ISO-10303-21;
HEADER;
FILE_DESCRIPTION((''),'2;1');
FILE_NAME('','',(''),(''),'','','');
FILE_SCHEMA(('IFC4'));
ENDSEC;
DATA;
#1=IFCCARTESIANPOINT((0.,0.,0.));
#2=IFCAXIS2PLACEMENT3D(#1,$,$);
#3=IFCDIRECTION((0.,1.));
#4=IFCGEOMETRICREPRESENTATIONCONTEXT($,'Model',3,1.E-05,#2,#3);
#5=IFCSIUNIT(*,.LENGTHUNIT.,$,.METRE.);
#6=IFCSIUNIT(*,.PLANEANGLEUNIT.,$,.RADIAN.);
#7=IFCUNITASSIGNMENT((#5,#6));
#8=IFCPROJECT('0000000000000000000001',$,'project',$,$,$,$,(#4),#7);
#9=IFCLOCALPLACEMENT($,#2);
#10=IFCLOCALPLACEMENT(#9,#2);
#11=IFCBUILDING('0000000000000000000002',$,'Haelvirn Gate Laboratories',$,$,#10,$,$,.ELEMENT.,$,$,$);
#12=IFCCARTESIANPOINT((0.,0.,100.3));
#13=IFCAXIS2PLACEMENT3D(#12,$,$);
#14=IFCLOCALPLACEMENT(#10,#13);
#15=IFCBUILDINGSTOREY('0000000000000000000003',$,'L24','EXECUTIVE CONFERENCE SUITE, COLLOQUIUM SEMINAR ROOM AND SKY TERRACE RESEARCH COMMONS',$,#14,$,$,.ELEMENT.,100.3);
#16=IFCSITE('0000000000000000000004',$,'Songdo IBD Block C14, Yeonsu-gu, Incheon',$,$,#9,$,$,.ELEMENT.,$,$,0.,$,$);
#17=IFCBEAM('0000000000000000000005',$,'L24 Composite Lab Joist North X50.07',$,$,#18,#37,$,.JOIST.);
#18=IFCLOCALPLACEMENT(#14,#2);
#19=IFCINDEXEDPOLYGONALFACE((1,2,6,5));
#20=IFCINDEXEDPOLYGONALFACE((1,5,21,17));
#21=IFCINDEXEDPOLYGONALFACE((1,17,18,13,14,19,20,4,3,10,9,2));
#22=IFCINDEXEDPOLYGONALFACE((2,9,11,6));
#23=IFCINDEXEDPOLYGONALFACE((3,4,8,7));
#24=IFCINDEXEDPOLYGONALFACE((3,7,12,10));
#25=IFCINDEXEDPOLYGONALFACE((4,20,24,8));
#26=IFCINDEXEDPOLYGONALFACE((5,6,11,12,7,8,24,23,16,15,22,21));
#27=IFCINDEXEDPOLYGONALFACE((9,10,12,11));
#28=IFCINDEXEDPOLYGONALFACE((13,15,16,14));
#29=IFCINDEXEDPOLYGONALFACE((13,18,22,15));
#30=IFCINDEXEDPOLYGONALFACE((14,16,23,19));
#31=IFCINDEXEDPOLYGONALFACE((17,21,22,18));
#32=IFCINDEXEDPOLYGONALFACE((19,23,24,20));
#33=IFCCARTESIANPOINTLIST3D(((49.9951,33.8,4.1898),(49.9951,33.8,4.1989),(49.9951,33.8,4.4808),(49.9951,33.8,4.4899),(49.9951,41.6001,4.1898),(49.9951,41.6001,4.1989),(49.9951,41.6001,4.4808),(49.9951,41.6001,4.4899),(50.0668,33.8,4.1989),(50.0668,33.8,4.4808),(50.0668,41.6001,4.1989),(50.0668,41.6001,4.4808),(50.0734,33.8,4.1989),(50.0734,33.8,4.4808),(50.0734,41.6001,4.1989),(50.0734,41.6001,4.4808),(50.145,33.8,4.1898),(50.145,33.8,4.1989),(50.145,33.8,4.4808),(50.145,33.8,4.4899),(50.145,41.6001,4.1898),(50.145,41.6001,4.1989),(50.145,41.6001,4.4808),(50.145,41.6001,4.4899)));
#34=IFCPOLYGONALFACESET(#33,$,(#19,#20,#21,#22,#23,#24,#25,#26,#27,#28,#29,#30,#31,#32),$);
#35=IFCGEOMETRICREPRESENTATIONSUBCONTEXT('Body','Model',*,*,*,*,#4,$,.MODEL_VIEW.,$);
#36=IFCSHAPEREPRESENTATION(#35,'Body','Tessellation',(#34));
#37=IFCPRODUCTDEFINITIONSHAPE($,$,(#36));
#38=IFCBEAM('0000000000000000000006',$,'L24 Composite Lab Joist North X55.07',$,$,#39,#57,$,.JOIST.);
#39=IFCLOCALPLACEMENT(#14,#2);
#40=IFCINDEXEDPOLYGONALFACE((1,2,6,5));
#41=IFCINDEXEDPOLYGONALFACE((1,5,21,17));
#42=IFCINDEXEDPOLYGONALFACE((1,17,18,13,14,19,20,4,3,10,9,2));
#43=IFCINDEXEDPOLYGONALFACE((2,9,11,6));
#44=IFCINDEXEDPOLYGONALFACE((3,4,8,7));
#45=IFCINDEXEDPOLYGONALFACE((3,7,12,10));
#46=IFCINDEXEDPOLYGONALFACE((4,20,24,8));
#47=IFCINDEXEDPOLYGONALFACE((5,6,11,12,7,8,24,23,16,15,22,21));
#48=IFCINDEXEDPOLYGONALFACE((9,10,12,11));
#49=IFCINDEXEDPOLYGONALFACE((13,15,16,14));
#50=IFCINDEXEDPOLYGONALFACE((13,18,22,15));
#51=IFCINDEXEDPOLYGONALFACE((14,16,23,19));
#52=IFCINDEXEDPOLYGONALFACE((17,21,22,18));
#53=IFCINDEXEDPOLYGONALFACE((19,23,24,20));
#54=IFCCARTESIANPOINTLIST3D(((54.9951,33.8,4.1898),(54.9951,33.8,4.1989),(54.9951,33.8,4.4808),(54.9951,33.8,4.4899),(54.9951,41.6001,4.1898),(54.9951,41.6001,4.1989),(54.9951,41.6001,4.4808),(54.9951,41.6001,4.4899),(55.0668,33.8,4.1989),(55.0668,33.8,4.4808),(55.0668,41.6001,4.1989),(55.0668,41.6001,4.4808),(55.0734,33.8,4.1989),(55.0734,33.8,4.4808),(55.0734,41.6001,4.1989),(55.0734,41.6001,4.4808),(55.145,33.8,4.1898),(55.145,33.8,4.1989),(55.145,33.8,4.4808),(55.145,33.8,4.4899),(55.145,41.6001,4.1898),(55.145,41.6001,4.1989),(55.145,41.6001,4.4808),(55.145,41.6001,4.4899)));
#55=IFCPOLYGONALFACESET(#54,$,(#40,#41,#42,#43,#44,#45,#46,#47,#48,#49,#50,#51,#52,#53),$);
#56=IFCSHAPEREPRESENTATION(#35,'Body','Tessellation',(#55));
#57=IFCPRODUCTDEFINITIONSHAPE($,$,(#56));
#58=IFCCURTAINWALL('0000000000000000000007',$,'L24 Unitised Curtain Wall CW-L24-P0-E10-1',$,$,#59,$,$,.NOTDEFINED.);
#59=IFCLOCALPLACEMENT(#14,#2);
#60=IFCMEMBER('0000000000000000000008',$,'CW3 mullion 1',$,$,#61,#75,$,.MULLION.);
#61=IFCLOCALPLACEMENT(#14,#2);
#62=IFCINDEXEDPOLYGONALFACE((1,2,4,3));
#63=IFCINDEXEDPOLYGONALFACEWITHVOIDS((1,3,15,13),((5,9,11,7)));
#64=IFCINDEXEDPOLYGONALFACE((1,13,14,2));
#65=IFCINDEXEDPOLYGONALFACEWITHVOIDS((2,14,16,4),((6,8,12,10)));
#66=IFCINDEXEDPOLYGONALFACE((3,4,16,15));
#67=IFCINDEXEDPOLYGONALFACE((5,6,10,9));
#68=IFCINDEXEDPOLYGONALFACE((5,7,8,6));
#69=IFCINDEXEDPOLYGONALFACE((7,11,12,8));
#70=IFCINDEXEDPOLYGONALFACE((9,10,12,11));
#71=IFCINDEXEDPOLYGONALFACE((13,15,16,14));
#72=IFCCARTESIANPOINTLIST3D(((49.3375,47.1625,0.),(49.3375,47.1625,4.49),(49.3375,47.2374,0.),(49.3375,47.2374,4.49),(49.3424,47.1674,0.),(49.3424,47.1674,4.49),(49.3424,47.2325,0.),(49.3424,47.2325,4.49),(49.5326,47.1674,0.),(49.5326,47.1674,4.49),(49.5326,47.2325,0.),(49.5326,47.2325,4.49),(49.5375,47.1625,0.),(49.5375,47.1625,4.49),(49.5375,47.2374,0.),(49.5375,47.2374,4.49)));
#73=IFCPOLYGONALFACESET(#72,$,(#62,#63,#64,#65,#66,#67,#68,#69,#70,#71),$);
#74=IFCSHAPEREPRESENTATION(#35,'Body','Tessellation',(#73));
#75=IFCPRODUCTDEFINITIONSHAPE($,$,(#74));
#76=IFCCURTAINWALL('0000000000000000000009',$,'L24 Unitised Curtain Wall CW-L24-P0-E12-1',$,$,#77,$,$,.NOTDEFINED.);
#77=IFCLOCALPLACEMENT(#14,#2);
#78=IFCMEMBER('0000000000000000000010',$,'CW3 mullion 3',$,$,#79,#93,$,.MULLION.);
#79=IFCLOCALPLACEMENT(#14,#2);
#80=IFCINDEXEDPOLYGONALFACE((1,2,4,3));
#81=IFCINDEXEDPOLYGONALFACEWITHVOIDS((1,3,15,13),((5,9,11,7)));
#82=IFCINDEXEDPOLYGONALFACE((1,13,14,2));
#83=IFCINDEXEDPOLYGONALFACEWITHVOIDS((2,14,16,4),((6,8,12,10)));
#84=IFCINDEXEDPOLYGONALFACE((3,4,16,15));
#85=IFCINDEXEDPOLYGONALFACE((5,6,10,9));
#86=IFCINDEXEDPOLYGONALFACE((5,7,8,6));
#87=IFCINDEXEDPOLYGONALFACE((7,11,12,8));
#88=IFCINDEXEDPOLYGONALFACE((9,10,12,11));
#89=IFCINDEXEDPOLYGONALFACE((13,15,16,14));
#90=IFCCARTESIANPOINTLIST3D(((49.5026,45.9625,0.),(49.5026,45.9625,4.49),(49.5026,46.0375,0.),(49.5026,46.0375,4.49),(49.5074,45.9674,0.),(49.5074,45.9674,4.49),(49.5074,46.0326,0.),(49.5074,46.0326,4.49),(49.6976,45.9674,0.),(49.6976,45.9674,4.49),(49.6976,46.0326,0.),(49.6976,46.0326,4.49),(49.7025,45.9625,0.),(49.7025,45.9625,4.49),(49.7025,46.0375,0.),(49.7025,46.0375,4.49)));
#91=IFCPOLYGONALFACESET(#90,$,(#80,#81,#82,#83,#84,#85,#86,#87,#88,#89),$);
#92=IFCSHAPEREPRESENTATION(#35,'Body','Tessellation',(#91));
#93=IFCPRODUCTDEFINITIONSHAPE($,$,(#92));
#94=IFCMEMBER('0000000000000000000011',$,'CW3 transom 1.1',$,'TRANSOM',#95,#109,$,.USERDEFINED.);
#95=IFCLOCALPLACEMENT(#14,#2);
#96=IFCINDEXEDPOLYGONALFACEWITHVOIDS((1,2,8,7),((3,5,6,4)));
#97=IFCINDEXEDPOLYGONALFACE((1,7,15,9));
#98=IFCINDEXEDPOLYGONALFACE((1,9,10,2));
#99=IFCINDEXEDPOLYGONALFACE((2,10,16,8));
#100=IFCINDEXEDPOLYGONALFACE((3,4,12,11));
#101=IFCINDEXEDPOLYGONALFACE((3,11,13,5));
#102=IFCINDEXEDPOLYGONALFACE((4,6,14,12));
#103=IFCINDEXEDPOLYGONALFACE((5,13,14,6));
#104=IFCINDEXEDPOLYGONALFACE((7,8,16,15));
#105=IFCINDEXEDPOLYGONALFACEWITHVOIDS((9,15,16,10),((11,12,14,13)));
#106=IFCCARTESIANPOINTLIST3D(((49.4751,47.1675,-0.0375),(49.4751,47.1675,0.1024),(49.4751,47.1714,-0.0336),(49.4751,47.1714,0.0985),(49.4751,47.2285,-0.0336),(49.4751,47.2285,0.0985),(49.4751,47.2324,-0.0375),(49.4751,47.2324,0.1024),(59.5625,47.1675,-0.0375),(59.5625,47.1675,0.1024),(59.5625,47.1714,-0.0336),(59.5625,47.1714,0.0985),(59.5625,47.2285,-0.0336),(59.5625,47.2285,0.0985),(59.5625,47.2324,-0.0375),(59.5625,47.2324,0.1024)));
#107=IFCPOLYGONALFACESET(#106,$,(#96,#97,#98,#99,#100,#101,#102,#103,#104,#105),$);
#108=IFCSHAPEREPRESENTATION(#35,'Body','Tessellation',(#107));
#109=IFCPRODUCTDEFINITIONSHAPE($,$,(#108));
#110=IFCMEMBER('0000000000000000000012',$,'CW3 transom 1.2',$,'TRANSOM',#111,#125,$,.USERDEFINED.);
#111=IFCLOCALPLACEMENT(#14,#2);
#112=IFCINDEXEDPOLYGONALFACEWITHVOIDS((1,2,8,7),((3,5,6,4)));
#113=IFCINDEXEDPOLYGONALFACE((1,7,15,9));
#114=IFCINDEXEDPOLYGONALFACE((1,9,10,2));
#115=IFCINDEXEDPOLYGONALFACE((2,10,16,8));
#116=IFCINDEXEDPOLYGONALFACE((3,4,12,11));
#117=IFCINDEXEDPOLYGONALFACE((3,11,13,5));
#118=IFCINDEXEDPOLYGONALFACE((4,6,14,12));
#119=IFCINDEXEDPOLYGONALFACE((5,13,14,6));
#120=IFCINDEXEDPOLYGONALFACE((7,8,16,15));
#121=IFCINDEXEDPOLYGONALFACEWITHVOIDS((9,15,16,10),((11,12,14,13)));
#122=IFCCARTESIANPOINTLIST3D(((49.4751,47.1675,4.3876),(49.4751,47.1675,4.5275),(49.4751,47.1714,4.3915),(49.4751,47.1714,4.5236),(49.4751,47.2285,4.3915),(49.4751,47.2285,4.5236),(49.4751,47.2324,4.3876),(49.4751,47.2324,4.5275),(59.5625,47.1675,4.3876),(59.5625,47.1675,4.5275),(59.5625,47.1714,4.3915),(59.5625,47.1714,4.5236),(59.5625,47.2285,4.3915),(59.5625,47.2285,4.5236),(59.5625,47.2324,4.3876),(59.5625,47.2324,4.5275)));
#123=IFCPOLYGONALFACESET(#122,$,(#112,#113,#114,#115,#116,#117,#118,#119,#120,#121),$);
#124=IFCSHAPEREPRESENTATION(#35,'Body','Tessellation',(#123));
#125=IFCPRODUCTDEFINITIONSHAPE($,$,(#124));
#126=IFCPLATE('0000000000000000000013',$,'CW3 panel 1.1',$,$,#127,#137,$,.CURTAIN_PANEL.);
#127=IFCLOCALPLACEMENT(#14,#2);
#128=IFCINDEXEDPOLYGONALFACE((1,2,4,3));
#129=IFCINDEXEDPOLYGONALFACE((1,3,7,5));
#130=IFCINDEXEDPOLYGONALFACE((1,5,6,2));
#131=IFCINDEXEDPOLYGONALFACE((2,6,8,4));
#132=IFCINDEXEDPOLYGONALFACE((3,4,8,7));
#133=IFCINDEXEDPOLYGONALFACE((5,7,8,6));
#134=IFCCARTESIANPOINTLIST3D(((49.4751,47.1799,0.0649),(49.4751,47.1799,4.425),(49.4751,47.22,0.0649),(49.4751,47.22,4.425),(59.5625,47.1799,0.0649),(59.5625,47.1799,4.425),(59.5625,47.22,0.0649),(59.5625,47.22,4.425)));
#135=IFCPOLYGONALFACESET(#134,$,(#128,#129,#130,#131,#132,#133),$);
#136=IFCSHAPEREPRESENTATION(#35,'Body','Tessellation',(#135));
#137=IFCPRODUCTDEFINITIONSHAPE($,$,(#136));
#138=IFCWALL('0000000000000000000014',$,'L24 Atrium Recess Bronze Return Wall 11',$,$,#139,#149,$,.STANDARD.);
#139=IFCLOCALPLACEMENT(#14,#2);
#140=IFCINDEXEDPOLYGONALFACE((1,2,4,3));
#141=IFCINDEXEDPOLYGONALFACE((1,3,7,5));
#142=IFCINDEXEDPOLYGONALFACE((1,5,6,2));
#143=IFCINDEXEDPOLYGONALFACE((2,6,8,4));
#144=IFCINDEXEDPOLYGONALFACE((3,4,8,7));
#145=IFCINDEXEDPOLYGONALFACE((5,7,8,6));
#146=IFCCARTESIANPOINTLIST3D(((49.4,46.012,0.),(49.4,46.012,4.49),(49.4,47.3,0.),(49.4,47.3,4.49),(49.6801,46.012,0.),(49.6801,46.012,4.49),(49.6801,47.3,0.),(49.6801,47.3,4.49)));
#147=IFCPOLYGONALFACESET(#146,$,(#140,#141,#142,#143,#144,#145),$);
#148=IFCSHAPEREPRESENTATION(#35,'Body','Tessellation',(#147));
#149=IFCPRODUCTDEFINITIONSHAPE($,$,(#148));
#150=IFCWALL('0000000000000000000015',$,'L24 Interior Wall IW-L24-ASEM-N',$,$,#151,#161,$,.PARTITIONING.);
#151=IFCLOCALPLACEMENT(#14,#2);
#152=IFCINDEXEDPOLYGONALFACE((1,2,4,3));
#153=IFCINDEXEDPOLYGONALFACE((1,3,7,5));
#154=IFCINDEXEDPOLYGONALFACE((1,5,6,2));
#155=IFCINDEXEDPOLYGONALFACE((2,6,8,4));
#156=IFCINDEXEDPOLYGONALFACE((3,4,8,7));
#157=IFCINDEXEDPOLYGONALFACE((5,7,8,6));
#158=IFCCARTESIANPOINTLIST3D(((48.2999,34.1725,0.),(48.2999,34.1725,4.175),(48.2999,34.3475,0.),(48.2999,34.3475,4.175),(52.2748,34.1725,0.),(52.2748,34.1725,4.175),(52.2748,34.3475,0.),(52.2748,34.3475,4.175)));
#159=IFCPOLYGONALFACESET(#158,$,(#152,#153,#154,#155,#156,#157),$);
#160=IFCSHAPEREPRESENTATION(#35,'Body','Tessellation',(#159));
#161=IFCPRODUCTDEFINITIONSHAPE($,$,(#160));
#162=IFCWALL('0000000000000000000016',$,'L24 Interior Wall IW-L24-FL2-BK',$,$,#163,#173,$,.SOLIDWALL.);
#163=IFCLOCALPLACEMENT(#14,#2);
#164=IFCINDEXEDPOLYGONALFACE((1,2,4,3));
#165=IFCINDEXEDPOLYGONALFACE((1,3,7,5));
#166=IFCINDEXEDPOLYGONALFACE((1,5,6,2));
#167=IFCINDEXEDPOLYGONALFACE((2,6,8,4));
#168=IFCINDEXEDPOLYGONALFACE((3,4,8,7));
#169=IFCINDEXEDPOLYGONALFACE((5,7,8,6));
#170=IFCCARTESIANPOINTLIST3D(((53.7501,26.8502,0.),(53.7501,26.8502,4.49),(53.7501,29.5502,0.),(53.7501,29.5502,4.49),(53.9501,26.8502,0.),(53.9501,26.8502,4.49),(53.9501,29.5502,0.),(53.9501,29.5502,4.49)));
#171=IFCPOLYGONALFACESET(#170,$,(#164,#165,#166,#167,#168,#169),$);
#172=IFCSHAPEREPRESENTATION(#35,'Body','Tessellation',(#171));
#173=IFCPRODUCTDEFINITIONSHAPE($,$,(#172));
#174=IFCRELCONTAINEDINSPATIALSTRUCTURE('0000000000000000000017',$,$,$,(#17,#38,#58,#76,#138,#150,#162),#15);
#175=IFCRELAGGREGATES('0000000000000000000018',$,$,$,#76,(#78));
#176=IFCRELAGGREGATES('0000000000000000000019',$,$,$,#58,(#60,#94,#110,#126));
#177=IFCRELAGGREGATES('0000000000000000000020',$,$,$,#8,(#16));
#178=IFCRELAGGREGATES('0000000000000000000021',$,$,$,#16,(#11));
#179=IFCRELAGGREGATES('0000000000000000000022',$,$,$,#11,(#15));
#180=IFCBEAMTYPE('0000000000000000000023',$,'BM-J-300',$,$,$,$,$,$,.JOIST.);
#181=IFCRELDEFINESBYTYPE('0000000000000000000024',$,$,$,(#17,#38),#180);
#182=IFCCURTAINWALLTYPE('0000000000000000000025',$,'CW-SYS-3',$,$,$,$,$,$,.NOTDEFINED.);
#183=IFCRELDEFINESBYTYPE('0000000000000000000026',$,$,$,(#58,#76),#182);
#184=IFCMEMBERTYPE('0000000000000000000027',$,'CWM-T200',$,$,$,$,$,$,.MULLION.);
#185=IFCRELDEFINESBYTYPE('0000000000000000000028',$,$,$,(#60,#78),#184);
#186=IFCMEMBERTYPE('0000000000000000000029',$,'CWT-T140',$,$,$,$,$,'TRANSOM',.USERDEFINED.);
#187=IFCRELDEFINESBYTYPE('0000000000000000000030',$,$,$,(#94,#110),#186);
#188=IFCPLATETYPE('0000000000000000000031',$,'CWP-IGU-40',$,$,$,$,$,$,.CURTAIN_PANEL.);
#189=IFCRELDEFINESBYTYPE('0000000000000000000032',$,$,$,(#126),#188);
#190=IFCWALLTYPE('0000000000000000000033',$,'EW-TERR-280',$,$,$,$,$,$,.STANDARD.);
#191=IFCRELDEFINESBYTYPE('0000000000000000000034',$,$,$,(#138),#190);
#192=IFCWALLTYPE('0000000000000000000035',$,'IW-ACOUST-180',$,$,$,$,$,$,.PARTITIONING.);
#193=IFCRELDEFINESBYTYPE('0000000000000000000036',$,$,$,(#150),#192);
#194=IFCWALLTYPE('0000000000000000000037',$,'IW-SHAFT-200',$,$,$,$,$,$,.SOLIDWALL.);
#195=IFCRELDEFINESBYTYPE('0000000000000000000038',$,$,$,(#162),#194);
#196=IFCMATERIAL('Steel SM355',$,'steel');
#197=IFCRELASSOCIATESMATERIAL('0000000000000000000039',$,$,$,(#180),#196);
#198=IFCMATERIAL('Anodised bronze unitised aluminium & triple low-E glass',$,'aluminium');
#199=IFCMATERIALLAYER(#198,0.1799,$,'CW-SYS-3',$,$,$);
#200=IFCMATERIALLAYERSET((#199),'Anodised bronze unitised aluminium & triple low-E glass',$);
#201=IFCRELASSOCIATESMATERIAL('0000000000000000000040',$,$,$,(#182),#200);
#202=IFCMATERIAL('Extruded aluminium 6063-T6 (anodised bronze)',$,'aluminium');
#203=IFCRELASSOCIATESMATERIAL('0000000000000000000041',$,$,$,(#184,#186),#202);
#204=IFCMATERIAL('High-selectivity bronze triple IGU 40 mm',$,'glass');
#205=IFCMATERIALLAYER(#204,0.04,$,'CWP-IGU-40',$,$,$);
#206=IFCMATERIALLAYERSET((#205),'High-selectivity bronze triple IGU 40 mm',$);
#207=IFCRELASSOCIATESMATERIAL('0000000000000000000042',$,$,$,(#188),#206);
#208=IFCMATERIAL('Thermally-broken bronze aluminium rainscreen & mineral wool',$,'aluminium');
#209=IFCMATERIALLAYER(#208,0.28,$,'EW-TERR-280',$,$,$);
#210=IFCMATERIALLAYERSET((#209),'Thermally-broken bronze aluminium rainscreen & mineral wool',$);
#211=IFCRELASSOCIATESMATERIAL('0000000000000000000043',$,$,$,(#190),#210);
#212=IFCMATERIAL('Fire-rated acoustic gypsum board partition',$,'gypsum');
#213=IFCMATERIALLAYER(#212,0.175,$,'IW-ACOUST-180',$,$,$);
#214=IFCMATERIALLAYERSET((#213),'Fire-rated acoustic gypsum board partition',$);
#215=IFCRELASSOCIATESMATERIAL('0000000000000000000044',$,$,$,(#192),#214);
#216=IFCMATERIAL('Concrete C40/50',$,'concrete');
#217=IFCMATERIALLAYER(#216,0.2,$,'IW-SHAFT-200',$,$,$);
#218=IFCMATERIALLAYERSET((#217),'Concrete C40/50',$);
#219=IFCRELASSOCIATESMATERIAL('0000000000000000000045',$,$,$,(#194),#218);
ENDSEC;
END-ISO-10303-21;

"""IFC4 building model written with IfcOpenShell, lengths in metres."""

from ifc_helpers import new_model, si_unit, direction, frame, frame_2d, origin, origin_2d, place, context, subcontext, project, spatial, rectangle, hollow_rectangle, i_section, extrude, source, transform, mapped, material, layer, layer_set, material_profile, profile_set, type_object, type_shapes, element, aggregate, save


model = new_model("IFC4")

# Units and contexts
model_context = context("Model", 3, precision=1e-05, world=origin(), true_north=direction((0.0, 1.0)))
body_context = subcontext(model_context, "Body", "Model", "MODEL_VIEW")
ifc_project = project(units=[si_unit("LENGTHUNIT", "METRE"), si_unit("PLANEANGLEUNIT", "RADIAN")], contexts=[model_context])

# Site, building, storey
site_placement = place(None, origin())
site = spatial("IfcSite", under=ifc_project, at=site_placement, Name="Songdo IBD Block C14, Yeonsu-gu, Incheon", CompositionType="ELEMENT", RefElevation=0.0)
building_placement = place(site_placement, origin())
building = spatial("IfcBuilding", under=site, at=building_placement, Name="Haelvirn Gate Laboratories", CompositionType="ELEMENT")
storey_placement = place(building_placement, frame((0.0, 0.0, 100.3)))
storey = spatial("IfcBuildingStorey", under=building, at=storey_placement, Name="L24", Description="EXECUTIVE CONFERENCE SUITE, COLLOQUIUM SEMINAR ROOM AND SKY TERRACE RESEARCH COMMONS", CompositionType="ELEMENT", Elevation=100.3)

# Shared definitions
ifc_material_1 = material(Name="Steel SM355", Category="steel")

# Beams
ifc_material_profile_1 = material_profile(ifc_material_1, i_section(OverallWidth=0.1499, OverallDepth=0.3, WebThickness=0.0066, FlangeThickness=0.009, at=origin_2d()), Name="H-300x150x6.5x9")
ifc_profile_set_1 = profile_set([ifc_material_profile_1], Name="Steel SM355")
beam_type_1 = type_object("IfcBeamType", Name="BM-J-300", PredefinedType="JOIST", material=ifc_profile_set_1)
shared_shape_1 = source(origin(), body_context, "Body", "SweptSolid", [
    extrude(i_section(OverallWidth=0.1499, OverallDepth=0.3, WebThickness=0.0066, FlangeThickness=0.009, at=origin_2d()), origin(), (0.0, 0.0, 1.0), 7.8),
])
type_shapes(beam_type_1, [shared_shape_1])
for number, where, z_axis, x_axis, name in (
    (1, (50.0701, 33.8, 4.3398), (0.0, 1.0, 0.0), (-1.0, 0.0, 0.0), "L24 Composite Lab Joist North X50.07"),
    (2, (55.0701, 33.8, 4.3398), (0.0, 1.0, 0.0), (-1.0, 0.0, 0.0), "L24 Composite Lab Joist North X55.07"),
):
    element("IfcBeam", number, at=place(storey_placement, frame(where, z_axis=z_axis, x_axis=x_axis)), inside=storey, type_object=beam_type_1, Name=name, PredefinedType="JOIST", context=body_context, shape_type="MappedRepresentation", body=[
        mapped(shared_shape_1, transform((0.0, 0.0, 0.0), scale=1.0)),
    ])

# Curtain walls, members
ifc_material_2 = material(Name="Anodised bronze unitised aluminium & triple low-E glass", Category="aluminium")
ifc_layer_1 = layer(ifc_material_2, 0.1799, Name="CW-SYS-3")
ifc_layer_set_1 = layer_set([ifc_layer_1], Name="Anodised bronze unitised aluminium & triple low-E glass")
curtain_wall_type = type_object("IfcCurtainWallType", Name="CW-SYS-3", PredefinedType="NOTDEFINED", material=ifc_layer_set_1)
curtain_wall_1_placement = place(storey_placement, origin())
curtain_wall_1 = element("IfcCurtainWall", 3, at=curtain_wall_1_placement, inside=storey, type_object=curtain_wall_type, Name="L24 Unitised Curtain Wall CW-L24-P0-E10-1", PredefinedType="NOTDEFINED")
ifc_material_3 = material(Name="Extruded aluminium 6063-T6 (anodised bronze)", Category="aluminium")
ifc_material_profile_2 = material_profile(ifc_material_3, hollow_rectangle(XDim=0.075, YDim=0.2, WallThickness=0.0049, at=origin_2d()), Name="CWM-200x75x5")
ifc_profile_set_2 = profile_set([ifc_material_profile_2], Name="Extruded aluminium 6063-T6 (anodised bronze)")
member_type_1 = type_object("IfcMemberType", Name="CWM-T200", PredefinedType="MULLION", material=ifc_profile_set_2)
shared_shape_2 = source(origin(), body_context, "Body", "SweptSolid", [
    extrude(hollow_rectangle(XDim=0.075, YDim=0.2, WallThickness=0.0049, at=origin_2d()), origin(), (0.0, 0.0, 1.0), 4.49),
])
type_shapes(member_type_1, [shared_shape_2])
member_1_placement = place(storey_placement, frame((49.4375, 47.2, 0.0), z_axis=(0.0, 0.0, 1.0), x_axis=(0.0, 1.0, 0.0)))
member_1 = element("IfcMember", 4, at=member_1_placement, type_object=member_type_1, Name="CW3 mullion 1", PredefinedType="MULLION", context=body_context, shape_type="MappedRepresentation", body=[
    mapped(shared_shape_2, transform((0.0, 0.0, 0.0), scale=1.0)),
])
curtain_wall_2_placement = place(storey_placement, origin())
curtain_wall_2 = element("IfcCurtainWall", 5, at=curtain_wall_2_placement, inside=storey, type_object=curtain_wall_type, Name="L24 Unitised Curtain Wall CW-L24-P0-E12-1", PredefinedType="NOTDEFINED")
member_2_placement = place(storey_placement, frame((49.6025, 46.0, 0.0), z_axis=(0.0, 0.0, 1.0), x_axis=(0.0, 1.0, 0.0)))
member_2 = element("IfcMember", 6, at=member_2_placement, type_object=member_type_1, Name="CW3 mullion 3", PredefinedType="MULLION", context=body_context, shape_type="MappedRepresentation", body=[
    mapped(shared_shape_2, transform((0.0, 0.0, 0.0), scale=1.0)),
])
aggregate(curtain_wall_2, [member_2])

# Members
ifc_material_profile_3 = material_profile(ifc_material_3, hollow_rectangle(XDim=0.0649, YDim=0.1399, WallThickness=0.0039, at=origin_2d()), Name="CWT-140x65x4")
ifc_profile_set_3 = profile_set([ifc_material_profile_3], Name="Extruded aluminium 6063-T6 (anodised bronze)")
member_type_2 = type_object("IfcMemberType", Name="CWT-T140", ElementType="TRANSOM", PredefinedType="USERDEFINED", material=ifc_profile_set_3)
shared_shape_3 = source(origin(), body_context, "Body", "SweptSolid", [
    extrude(hollow_rectangle(XDim=0.0649, YDim=0.1399, WallThickness=0.0039, at=origin_2d()), origin(), (0.0, 0.0, 1.0), 10.0874),
])
type_shapes(member_type_2, [shared_shape_3])
member_3_placement = place(storey_placement, frame((49.4751, 47.2, 0.0325), z_axis=(1.0, 0.0, 0.0), x_axis=(0.0, 1.0, 0.0)))
member_3 = element("IfcMember", 7, at=member_3_placement, type_object=member_type_2, Name="CW3 transom 1.1", ObjectType="TRANSOM", PredefinedType="USERDEFINED", context=body_context, shape_type="MappedRepresentation", body=[
    mapped(shared_shape_3, transform((0.0, 0.0, 0.0), scale=1.0)),
])
member_4_placement = place(storey_placement, frame((49.4751, 47.2, 4.4575), z_axis=(1.0, 0.0, 0.0), x_axis=(0.0, 1.0, 0.0)))
member_4 = element("IfcMember", 8, at=member_4_placement, type_object=member_type_2, Name="CW3 transom 1.2", ObjectType="TRANSOM", PredefinedType="USERDEFINED", context=body_context, shape_type="MappedRepresentation", body=[
    mapped(shared_shape_3, transform((0.0, 0.0, 0.0), scale=1.0)),
])

# Plate
ifc_material_4 = material(Name="High-selectivity bronze triple IGU 40 mm", Category="glass")
ifc_layer_2 = layer(ifc_material_4, 0.04, Name="CWP-IGU-40")
ifc_layer_set_2 = layer_set([ifc_layer_2], Name="High-selectivity bronze triple IGU 40 mm")
plate_type = type_object("IfcPlateType", Name="CWP-IGU-40", PredefinedType="CURTAIN_PANEL", material=ifc_layer_set_2)
shared_shape_4 = source(origin(), body_context, "Body", "SweptSolid", [
    extrude(rectangle(XDim=10.0874, YDim=0.04, at=origin_2d()), origin(), (0.0, 0.0, 1.0), 4.3601),
])
type_shapes(plate_type, [shared_shape_4])
plate_placement = place(storey_placement, frame((54.5188, 47.2, 0.0649), z_axis=(0.0, 0.0, 1.0), x_axis=(1.0, 0.0, 0.0)))
plate = element("IfcPlate", 9, at=plate_placement, type_object=plate_type, Name="CW3 panel 1.1", PredefinedType="CURTAIN_PANEL", context=body_context, shape_type="MappedRepresentation", body=[
    mapped(shared_shape_4, transform((0.0, 0.0, 0.0), scale=1.0)),
])
aggregate(curtain_wall_1, [member_1, member_3, member_4, plate])

# Walls
ifc_material_5 = material(Name="Thermally-broken bronze aluminium rainscreen & mineral wool", Category="aluminium")
ifc_layer_3 = layer(ifc_material_5, 0.28, Name="EW-TERR-280")
ifc_layer_set_3 = layer_set([ifc_layer_3], Name="Thermally-broken bronze aluminium rainscreen & mineral wool")
wall_type_1 = type_object("IfcWallType", Name="EW-TERR-280", PredefinedType="STANDARD", material=ifc_layer_set_3)
wall_1_placement = place(storey_placement, frame((49.54, 47.3, 0.0), z_axis=(0.0, 0.0, 1.0), x_axis=(0.0, -1.0, 0.0)))
element("IfcWall", 10, at=wall_1_placement, inside=storey, type_object=wall_type_1, Name="L24 Atrium Recess Bronze Return Wall 11", PredefinedType="STANDARD", context=body_context, shape_type="SweptSolid", body=[
    extrude(rectangle(XDim=1.2881, YDim=0.28, at=frame_2d((0.644, 0.0))), origin(), (0.0, 0.0, 1.0), 4.49),
])
ifc_material_6 = material(Name="Fire-rated acoustic gypsum board partition", Category="gypsum")
ifc_layer_4 = layer(ifc_material_6, 0.175, Name="IW-ACOUST-180")
ifc_layer_set_4 = layer_set([ifc_layer_4], Name="Fire-rated acoustic gypsum board partition")
wall_type_2 = type_object("IfcWallType", Name="IW-ACOUST-180", PredefinedType="PARTITIONING", material=ifc_layer_set_4)
wall_2_placement = place(storey_placement, frame((48.3, 34.26, 0.0), z_axis=(0.0, 0.0, 1.0), x_axis=(1.0, 0.0, 0.0)))
element("IfcWall", 11, at=wall_2_placement, inside=storey, type_object=wall_type_2, Name="L24 Interior Wall IW-L24-ASEM-N", PredefinedType="PARTITIONING", context=body_context, shape_type="SweptSolid", body=[
    extrude(rectangle(XDim=3.9749, YDim=0.175, at=frame_2d((1.9873, 0.0))), origin(), (0.0, 0.0, 1.0), 4.175),
])
ifc_material_7 = material(Name="Concrete C40/50", Category="concrete")
ifc_layer_5 = layer(ifc_material_7, 0.2, Name="IW-SHAFT-200")
ifc_layer_set_5 = layer_set([ifc_layer_5], Name="Concrete C40/50")
wall_type_3 = type_object("IfcWallType", Name="IW-SHAFT-200", PredefinedType="SOLIDWALL", material=ifc_layer_set_5)
wall_3_placement = place(storey_placement, frame((53.8501, 26.8501, 0.0), z_axis=(0.0, 0.0, 1.0), x_axis=(0.0, 1.0, 0.0)))
element("IfcWall", 12, at=wall_3_placement, inside=storey, type_object=wall_type_3, Name="L24 Interior Wall IW-L24-FL2-BK", PredefinedType="SOLIDWALL", context=body_context, shape_type="SweptSolid", body=[
    extrude(rectangle(XDim=2.7, YDim=0.2, at=frame_2d((1.3501, 0.0))), origin(), (0.0, 0.0, 1.0), 4.49),
])

save(model, "model.ifc")
